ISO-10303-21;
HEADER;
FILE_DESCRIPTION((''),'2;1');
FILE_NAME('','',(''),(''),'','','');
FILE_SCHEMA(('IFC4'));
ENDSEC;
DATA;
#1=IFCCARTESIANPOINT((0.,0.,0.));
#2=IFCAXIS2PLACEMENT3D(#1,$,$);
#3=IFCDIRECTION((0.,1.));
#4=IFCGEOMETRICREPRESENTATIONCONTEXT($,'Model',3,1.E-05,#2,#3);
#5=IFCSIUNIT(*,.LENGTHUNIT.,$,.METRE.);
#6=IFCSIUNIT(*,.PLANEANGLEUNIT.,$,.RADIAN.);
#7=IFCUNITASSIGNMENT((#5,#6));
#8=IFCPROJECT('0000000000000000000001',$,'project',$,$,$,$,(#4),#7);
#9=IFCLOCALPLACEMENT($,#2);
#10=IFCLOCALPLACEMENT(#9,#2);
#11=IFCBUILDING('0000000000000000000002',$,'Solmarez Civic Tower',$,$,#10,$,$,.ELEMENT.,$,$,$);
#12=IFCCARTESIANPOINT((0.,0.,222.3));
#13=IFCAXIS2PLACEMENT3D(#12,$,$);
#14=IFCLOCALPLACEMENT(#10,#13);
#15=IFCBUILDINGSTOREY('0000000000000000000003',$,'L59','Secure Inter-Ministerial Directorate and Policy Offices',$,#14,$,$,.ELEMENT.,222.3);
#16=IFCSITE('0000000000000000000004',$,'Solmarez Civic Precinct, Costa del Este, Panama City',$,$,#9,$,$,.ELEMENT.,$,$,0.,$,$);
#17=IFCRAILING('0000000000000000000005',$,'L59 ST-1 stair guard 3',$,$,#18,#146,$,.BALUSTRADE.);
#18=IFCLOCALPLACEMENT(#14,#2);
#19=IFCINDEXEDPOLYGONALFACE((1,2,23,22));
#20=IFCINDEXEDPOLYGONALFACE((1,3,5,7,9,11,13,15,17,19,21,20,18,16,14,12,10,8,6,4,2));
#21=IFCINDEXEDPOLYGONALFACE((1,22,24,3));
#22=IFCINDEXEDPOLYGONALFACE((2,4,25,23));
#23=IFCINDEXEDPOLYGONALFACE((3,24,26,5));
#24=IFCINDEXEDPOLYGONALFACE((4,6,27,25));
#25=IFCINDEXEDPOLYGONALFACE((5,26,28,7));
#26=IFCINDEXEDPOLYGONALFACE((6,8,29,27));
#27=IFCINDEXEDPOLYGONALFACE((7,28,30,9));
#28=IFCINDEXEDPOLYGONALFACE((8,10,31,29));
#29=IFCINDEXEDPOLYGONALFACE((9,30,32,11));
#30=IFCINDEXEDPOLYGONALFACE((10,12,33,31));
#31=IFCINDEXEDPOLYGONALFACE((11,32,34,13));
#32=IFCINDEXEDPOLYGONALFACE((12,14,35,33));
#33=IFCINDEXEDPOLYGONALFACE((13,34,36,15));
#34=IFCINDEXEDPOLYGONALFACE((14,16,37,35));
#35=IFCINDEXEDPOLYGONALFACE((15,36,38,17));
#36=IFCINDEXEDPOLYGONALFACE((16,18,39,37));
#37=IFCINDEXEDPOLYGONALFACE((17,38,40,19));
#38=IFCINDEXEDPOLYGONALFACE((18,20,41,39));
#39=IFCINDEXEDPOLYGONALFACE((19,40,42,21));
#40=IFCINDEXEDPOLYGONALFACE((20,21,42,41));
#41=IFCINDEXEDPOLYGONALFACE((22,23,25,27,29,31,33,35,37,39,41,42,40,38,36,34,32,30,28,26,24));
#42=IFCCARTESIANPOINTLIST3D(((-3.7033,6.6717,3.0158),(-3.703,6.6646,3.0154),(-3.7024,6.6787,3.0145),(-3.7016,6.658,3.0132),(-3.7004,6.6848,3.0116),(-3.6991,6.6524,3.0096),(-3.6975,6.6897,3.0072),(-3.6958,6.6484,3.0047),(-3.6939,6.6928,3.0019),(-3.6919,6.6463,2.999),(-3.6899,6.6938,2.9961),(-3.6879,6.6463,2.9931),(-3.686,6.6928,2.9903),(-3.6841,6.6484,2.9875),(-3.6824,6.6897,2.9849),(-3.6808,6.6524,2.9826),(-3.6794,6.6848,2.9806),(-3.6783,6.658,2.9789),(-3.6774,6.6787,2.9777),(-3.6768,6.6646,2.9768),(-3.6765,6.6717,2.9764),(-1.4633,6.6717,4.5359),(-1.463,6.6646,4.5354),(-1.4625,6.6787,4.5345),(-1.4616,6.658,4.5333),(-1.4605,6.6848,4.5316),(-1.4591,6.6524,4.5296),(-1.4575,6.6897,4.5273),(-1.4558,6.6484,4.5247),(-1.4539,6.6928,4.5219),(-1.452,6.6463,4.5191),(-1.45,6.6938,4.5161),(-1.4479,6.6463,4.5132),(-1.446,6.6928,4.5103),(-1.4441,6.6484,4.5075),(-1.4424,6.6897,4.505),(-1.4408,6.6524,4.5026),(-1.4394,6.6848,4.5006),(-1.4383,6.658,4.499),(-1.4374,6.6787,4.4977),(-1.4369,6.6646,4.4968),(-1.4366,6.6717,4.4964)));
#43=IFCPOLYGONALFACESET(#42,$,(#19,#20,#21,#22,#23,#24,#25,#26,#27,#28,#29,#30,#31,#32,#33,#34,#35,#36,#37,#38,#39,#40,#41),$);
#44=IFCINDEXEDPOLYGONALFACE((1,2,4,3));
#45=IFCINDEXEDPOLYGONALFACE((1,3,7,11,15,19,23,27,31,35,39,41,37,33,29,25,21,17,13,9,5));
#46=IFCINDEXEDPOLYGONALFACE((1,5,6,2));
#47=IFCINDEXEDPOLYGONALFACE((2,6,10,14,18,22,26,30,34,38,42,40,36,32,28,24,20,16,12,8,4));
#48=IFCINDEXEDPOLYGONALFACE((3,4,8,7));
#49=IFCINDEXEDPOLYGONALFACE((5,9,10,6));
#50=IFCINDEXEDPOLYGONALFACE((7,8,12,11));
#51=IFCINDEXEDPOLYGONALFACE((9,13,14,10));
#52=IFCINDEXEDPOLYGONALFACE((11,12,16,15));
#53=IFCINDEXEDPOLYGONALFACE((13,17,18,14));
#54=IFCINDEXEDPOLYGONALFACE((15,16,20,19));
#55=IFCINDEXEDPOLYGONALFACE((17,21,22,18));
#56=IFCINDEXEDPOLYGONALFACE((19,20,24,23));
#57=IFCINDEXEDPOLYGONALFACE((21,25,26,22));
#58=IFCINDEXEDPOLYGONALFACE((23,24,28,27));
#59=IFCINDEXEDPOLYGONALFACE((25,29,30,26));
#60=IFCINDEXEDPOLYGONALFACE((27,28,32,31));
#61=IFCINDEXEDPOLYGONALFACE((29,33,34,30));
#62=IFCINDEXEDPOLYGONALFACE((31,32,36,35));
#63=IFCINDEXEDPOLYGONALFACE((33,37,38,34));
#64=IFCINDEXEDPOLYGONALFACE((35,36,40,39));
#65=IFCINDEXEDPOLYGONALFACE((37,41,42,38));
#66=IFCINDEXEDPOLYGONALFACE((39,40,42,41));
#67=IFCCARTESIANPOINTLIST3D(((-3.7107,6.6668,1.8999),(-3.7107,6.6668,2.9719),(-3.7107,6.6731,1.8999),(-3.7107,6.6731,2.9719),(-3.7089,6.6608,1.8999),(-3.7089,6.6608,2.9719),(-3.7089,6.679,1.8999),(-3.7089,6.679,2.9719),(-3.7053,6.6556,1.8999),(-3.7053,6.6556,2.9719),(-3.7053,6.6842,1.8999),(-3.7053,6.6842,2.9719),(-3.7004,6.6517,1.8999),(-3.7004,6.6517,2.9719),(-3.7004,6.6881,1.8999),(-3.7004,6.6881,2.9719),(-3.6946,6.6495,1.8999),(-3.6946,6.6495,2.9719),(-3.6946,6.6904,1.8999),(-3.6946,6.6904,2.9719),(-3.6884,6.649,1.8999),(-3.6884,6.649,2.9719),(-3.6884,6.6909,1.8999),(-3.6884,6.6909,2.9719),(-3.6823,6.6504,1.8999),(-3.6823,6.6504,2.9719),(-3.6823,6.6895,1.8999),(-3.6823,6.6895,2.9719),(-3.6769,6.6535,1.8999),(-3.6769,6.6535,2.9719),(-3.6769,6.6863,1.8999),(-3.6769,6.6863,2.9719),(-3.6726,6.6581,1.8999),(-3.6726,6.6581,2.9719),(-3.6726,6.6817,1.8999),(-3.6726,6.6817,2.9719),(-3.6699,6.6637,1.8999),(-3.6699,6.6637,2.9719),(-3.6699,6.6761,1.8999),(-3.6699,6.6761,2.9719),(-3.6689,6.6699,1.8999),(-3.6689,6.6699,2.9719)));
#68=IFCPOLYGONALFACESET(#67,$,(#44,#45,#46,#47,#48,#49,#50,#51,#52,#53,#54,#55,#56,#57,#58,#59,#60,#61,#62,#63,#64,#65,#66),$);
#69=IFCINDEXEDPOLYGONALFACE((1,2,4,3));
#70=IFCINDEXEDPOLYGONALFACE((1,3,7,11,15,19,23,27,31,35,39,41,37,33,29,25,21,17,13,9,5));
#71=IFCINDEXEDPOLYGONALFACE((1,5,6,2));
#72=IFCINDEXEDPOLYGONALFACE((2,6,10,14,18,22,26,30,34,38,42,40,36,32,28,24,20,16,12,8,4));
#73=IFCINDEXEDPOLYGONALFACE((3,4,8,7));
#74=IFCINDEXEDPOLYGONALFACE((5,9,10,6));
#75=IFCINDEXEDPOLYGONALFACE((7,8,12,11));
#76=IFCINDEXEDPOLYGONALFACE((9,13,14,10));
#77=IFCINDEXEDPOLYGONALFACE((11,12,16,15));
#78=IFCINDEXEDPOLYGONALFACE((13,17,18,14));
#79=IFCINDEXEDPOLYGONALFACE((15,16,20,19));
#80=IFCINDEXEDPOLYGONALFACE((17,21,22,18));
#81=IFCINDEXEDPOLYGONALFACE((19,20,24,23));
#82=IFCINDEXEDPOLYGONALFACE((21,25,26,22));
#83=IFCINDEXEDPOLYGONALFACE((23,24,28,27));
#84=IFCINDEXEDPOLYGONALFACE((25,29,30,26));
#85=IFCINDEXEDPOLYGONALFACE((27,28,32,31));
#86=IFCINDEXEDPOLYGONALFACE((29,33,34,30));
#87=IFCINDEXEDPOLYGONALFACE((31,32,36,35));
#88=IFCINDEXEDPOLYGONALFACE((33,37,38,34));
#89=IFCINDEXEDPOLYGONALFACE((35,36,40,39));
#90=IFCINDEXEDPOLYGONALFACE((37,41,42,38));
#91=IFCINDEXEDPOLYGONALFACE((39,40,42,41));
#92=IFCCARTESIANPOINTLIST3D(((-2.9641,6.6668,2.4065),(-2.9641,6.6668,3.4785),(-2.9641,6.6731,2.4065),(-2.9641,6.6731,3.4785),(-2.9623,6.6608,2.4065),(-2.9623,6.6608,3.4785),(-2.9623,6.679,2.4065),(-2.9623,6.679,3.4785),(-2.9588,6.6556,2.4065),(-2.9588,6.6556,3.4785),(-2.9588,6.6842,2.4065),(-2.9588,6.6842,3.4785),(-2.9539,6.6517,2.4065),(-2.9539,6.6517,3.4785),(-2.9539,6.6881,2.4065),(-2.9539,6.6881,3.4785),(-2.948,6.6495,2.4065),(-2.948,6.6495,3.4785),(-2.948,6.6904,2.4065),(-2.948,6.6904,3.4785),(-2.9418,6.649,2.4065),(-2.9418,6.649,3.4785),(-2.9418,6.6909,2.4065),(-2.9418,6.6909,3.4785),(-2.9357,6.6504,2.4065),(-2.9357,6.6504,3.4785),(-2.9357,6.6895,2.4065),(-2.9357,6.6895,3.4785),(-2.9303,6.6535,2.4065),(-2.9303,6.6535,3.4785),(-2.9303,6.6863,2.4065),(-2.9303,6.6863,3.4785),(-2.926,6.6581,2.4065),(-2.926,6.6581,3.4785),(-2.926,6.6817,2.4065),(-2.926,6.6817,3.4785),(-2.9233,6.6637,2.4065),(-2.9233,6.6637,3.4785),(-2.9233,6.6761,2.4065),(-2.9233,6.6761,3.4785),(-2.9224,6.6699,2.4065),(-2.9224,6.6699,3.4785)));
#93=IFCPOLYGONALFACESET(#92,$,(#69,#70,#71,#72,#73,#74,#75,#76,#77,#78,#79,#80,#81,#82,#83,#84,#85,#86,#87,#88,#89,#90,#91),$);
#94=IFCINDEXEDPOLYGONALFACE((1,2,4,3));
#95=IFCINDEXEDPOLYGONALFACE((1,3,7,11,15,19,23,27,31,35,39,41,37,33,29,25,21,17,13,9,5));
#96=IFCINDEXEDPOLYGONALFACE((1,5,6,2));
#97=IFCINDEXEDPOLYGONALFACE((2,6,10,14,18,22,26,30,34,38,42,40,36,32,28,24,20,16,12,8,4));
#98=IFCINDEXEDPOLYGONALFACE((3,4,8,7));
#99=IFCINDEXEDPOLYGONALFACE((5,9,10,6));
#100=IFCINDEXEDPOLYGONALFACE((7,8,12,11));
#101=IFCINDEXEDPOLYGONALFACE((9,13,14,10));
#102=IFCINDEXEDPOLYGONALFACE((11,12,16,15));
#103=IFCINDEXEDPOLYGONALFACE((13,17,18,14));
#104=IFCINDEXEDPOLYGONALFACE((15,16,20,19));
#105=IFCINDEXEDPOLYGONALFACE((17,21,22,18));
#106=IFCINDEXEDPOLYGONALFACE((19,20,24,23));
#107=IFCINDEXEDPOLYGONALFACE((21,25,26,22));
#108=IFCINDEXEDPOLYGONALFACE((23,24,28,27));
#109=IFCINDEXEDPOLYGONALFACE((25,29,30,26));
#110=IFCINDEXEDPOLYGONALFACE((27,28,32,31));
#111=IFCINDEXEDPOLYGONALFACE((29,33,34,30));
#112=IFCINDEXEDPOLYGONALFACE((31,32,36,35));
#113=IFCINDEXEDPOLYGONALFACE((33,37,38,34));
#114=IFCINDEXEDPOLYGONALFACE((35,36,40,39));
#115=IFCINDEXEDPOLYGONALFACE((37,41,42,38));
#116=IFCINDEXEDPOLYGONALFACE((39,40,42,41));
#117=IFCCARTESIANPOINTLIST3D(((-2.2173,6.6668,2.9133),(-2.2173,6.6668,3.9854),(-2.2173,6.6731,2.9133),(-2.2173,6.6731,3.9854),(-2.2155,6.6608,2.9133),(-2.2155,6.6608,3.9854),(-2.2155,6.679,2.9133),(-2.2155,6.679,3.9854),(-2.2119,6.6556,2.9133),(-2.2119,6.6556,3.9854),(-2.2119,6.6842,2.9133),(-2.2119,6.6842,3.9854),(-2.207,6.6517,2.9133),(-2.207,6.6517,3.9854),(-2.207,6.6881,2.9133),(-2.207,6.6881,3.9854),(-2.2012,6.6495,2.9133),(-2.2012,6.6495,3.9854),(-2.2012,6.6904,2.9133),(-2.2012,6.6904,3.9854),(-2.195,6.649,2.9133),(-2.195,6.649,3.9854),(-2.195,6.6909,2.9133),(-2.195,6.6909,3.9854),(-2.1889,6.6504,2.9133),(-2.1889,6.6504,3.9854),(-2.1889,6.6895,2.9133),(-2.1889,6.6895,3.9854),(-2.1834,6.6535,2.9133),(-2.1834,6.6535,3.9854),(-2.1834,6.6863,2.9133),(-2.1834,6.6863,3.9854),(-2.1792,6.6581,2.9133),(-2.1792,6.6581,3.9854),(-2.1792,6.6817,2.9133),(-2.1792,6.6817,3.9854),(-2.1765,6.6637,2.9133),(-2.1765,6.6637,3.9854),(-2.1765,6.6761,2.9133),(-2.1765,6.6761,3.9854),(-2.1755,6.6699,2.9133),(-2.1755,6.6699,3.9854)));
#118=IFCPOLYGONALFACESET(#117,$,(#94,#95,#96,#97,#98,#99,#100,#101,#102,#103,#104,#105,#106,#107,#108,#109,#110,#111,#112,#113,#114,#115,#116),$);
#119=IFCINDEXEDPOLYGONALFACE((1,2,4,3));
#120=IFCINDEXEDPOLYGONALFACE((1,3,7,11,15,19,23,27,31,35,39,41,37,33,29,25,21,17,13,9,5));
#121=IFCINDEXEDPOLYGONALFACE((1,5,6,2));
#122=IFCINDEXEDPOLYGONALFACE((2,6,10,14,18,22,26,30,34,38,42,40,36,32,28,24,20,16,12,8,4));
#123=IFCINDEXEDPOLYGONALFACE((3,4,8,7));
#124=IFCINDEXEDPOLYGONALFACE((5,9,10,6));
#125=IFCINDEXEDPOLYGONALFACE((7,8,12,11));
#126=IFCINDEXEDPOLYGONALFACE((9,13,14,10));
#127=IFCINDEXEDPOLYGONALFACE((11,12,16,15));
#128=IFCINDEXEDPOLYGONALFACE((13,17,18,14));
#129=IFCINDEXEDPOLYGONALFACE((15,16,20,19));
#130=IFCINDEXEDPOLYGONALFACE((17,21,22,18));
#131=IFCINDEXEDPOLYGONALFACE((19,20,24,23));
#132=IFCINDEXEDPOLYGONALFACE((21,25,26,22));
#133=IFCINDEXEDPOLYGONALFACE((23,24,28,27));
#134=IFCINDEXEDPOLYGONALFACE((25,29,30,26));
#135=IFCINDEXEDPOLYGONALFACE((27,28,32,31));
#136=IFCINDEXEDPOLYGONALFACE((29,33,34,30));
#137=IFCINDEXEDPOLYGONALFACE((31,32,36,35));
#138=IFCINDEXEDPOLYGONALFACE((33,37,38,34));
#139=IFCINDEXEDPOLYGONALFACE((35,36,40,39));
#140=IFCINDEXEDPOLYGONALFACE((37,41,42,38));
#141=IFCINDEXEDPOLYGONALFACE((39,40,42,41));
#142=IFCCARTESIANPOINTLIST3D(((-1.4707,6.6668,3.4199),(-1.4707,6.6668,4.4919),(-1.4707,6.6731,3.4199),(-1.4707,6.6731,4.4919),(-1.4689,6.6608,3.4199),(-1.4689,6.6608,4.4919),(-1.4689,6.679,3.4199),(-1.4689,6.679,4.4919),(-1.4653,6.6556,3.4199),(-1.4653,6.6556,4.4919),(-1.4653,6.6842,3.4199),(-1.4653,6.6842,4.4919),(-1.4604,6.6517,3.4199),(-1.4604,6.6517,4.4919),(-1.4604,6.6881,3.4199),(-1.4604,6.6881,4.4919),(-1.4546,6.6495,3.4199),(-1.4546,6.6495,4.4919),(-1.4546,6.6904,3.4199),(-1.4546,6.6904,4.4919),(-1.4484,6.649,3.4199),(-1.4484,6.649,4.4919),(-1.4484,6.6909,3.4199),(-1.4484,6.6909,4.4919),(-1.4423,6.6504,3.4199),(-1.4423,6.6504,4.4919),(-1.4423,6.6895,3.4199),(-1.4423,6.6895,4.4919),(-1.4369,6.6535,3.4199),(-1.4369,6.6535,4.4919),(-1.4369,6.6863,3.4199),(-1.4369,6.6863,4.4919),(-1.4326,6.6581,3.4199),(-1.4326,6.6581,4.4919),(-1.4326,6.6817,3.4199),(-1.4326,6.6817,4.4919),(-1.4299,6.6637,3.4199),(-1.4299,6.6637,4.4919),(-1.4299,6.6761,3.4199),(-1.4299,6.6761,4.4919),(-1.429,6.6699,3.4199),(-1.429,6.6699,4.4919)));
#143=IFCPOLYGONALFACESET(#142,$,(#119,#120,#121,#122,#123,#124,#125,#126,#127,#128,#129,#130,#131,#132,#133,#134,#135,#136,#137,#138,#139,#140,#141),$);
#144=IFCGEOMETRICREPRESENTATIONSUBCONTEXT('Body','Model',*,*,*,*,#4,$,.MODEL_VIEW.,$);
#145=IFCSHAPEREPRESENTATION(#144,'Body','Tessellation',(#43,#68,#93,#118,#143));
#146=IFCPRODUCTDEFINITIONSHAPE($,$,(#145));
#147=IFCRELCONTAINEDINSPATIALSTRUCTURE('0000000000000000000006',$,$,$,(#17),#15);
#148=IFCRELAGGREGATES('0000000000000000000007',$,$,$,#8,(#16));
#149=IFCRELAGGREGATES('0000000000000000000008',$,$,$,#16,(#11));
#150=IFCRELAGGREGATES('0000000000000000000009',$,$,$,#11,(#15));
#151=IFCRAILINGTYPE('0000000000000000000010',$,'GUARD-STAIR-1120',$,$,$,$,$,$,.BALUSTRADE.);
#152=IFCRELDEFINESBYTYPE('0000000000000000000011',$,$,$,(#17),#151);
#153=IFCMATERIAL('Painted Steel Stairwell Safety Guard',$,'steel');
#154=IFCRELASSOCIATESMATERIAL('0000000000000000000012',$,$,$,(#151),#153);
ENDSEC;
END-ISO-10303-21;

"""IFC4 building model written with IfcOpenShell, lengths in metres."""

from ifc_helpers import new_model, si_unit, direction, frame, origin, origin_2d, place, context, subcontext, project, spatial, circle, extrude, material, type_object, element, save


model = new_model("IFC4")

# Units and contexts
model_context = context("Model", 3, precision=1e-05, world=origin(), true_north=direction((0.0, 1.0)))
body_context = subcontext(model_context, "Body", "Model", "MODEL_VIEW")
ifc_project = project(units=[si_unit("LENGTHUNIT", "METRE"), si_unit("PLANEANGLEUNIT", "RADIAN")], contexts=[model_context])

# Site, building, storey
site_placement = place(None, origin())
site = spatial("IfcSite", under=ifc_project, at=site_placement, Name="Solmarez Civic Precinct, Costa del Este, Panama City", CompositionType="ELEMENT", RefElevation=0.0)
building_placement = place(site_placement, origin())
building = spatial("IfcBuilding", under=site, at=building_placement, Name="Solmarez Civic Tower", CompositionType="ELEMENT")
storey_placement = place(building_placement, frame((0.0, 0.0, 222.3)))
storey = spatial("IfcBuildingStorey", under=building, at=storey_placement, Name="L59", Description="Secure Inter-Ministerial Directorate and Policy Offices", CompositionType="ELEMENT", Elevation=222.3)

# Railing
ifc_material_1 = material(Name="Painted Steel Stairwell Safety Guard", Category="steel")
railing_type_1 = type_object("IfcRailingType", Name="GUARD-STAIR-1120", PredefinedType="BALUSTRADE", material=ifc_material_1)
railing_1_placement = place(storey_placement, frame((-3.6899, 6.6699, 1.8999)))
element("IfcRailing", 1, at=railing_1_placement, inside=storey, type_object=railing_type_1, Name="L59 ST-1 stair guard 3", PredefinedType="BALUSTRADE", context=body_context, shape_type="SweptSolid", body=[
    extrude(circle(Radius=0.0239, at=origin_2d()), frame((0.0, 0.0, 1.0962), z_axis=(0.827471, 0.0, 0.561508), x_axis=(0.0, 1.0, 0.0)), (0.0, 0.0, 1.0), 2.707),
    extrude(circle(Radius=0.021, at=origin_2d()), origin(), (0.0, 0.0, 1.0), 1.072),
    extrude(circle(Radius=0.021, at=origin_2d()), frame((0.7466, 0.0, 0.5066)), (0.0, 0.0, 1.0), 1.072),
    extrude(circle(Radius=0.021, at=origin_2d()), frame((1.4934, 0.0, 1.0134)), (0.0, 0.0, 1.0), 1.072),
    extrude(circle(Radius=0.021, at=origin_2d()), frame((2.24, 0.0, 1.52)), (0.0, 0.0, 1.0), 1.072),
])

save(model, "model.ifc")
